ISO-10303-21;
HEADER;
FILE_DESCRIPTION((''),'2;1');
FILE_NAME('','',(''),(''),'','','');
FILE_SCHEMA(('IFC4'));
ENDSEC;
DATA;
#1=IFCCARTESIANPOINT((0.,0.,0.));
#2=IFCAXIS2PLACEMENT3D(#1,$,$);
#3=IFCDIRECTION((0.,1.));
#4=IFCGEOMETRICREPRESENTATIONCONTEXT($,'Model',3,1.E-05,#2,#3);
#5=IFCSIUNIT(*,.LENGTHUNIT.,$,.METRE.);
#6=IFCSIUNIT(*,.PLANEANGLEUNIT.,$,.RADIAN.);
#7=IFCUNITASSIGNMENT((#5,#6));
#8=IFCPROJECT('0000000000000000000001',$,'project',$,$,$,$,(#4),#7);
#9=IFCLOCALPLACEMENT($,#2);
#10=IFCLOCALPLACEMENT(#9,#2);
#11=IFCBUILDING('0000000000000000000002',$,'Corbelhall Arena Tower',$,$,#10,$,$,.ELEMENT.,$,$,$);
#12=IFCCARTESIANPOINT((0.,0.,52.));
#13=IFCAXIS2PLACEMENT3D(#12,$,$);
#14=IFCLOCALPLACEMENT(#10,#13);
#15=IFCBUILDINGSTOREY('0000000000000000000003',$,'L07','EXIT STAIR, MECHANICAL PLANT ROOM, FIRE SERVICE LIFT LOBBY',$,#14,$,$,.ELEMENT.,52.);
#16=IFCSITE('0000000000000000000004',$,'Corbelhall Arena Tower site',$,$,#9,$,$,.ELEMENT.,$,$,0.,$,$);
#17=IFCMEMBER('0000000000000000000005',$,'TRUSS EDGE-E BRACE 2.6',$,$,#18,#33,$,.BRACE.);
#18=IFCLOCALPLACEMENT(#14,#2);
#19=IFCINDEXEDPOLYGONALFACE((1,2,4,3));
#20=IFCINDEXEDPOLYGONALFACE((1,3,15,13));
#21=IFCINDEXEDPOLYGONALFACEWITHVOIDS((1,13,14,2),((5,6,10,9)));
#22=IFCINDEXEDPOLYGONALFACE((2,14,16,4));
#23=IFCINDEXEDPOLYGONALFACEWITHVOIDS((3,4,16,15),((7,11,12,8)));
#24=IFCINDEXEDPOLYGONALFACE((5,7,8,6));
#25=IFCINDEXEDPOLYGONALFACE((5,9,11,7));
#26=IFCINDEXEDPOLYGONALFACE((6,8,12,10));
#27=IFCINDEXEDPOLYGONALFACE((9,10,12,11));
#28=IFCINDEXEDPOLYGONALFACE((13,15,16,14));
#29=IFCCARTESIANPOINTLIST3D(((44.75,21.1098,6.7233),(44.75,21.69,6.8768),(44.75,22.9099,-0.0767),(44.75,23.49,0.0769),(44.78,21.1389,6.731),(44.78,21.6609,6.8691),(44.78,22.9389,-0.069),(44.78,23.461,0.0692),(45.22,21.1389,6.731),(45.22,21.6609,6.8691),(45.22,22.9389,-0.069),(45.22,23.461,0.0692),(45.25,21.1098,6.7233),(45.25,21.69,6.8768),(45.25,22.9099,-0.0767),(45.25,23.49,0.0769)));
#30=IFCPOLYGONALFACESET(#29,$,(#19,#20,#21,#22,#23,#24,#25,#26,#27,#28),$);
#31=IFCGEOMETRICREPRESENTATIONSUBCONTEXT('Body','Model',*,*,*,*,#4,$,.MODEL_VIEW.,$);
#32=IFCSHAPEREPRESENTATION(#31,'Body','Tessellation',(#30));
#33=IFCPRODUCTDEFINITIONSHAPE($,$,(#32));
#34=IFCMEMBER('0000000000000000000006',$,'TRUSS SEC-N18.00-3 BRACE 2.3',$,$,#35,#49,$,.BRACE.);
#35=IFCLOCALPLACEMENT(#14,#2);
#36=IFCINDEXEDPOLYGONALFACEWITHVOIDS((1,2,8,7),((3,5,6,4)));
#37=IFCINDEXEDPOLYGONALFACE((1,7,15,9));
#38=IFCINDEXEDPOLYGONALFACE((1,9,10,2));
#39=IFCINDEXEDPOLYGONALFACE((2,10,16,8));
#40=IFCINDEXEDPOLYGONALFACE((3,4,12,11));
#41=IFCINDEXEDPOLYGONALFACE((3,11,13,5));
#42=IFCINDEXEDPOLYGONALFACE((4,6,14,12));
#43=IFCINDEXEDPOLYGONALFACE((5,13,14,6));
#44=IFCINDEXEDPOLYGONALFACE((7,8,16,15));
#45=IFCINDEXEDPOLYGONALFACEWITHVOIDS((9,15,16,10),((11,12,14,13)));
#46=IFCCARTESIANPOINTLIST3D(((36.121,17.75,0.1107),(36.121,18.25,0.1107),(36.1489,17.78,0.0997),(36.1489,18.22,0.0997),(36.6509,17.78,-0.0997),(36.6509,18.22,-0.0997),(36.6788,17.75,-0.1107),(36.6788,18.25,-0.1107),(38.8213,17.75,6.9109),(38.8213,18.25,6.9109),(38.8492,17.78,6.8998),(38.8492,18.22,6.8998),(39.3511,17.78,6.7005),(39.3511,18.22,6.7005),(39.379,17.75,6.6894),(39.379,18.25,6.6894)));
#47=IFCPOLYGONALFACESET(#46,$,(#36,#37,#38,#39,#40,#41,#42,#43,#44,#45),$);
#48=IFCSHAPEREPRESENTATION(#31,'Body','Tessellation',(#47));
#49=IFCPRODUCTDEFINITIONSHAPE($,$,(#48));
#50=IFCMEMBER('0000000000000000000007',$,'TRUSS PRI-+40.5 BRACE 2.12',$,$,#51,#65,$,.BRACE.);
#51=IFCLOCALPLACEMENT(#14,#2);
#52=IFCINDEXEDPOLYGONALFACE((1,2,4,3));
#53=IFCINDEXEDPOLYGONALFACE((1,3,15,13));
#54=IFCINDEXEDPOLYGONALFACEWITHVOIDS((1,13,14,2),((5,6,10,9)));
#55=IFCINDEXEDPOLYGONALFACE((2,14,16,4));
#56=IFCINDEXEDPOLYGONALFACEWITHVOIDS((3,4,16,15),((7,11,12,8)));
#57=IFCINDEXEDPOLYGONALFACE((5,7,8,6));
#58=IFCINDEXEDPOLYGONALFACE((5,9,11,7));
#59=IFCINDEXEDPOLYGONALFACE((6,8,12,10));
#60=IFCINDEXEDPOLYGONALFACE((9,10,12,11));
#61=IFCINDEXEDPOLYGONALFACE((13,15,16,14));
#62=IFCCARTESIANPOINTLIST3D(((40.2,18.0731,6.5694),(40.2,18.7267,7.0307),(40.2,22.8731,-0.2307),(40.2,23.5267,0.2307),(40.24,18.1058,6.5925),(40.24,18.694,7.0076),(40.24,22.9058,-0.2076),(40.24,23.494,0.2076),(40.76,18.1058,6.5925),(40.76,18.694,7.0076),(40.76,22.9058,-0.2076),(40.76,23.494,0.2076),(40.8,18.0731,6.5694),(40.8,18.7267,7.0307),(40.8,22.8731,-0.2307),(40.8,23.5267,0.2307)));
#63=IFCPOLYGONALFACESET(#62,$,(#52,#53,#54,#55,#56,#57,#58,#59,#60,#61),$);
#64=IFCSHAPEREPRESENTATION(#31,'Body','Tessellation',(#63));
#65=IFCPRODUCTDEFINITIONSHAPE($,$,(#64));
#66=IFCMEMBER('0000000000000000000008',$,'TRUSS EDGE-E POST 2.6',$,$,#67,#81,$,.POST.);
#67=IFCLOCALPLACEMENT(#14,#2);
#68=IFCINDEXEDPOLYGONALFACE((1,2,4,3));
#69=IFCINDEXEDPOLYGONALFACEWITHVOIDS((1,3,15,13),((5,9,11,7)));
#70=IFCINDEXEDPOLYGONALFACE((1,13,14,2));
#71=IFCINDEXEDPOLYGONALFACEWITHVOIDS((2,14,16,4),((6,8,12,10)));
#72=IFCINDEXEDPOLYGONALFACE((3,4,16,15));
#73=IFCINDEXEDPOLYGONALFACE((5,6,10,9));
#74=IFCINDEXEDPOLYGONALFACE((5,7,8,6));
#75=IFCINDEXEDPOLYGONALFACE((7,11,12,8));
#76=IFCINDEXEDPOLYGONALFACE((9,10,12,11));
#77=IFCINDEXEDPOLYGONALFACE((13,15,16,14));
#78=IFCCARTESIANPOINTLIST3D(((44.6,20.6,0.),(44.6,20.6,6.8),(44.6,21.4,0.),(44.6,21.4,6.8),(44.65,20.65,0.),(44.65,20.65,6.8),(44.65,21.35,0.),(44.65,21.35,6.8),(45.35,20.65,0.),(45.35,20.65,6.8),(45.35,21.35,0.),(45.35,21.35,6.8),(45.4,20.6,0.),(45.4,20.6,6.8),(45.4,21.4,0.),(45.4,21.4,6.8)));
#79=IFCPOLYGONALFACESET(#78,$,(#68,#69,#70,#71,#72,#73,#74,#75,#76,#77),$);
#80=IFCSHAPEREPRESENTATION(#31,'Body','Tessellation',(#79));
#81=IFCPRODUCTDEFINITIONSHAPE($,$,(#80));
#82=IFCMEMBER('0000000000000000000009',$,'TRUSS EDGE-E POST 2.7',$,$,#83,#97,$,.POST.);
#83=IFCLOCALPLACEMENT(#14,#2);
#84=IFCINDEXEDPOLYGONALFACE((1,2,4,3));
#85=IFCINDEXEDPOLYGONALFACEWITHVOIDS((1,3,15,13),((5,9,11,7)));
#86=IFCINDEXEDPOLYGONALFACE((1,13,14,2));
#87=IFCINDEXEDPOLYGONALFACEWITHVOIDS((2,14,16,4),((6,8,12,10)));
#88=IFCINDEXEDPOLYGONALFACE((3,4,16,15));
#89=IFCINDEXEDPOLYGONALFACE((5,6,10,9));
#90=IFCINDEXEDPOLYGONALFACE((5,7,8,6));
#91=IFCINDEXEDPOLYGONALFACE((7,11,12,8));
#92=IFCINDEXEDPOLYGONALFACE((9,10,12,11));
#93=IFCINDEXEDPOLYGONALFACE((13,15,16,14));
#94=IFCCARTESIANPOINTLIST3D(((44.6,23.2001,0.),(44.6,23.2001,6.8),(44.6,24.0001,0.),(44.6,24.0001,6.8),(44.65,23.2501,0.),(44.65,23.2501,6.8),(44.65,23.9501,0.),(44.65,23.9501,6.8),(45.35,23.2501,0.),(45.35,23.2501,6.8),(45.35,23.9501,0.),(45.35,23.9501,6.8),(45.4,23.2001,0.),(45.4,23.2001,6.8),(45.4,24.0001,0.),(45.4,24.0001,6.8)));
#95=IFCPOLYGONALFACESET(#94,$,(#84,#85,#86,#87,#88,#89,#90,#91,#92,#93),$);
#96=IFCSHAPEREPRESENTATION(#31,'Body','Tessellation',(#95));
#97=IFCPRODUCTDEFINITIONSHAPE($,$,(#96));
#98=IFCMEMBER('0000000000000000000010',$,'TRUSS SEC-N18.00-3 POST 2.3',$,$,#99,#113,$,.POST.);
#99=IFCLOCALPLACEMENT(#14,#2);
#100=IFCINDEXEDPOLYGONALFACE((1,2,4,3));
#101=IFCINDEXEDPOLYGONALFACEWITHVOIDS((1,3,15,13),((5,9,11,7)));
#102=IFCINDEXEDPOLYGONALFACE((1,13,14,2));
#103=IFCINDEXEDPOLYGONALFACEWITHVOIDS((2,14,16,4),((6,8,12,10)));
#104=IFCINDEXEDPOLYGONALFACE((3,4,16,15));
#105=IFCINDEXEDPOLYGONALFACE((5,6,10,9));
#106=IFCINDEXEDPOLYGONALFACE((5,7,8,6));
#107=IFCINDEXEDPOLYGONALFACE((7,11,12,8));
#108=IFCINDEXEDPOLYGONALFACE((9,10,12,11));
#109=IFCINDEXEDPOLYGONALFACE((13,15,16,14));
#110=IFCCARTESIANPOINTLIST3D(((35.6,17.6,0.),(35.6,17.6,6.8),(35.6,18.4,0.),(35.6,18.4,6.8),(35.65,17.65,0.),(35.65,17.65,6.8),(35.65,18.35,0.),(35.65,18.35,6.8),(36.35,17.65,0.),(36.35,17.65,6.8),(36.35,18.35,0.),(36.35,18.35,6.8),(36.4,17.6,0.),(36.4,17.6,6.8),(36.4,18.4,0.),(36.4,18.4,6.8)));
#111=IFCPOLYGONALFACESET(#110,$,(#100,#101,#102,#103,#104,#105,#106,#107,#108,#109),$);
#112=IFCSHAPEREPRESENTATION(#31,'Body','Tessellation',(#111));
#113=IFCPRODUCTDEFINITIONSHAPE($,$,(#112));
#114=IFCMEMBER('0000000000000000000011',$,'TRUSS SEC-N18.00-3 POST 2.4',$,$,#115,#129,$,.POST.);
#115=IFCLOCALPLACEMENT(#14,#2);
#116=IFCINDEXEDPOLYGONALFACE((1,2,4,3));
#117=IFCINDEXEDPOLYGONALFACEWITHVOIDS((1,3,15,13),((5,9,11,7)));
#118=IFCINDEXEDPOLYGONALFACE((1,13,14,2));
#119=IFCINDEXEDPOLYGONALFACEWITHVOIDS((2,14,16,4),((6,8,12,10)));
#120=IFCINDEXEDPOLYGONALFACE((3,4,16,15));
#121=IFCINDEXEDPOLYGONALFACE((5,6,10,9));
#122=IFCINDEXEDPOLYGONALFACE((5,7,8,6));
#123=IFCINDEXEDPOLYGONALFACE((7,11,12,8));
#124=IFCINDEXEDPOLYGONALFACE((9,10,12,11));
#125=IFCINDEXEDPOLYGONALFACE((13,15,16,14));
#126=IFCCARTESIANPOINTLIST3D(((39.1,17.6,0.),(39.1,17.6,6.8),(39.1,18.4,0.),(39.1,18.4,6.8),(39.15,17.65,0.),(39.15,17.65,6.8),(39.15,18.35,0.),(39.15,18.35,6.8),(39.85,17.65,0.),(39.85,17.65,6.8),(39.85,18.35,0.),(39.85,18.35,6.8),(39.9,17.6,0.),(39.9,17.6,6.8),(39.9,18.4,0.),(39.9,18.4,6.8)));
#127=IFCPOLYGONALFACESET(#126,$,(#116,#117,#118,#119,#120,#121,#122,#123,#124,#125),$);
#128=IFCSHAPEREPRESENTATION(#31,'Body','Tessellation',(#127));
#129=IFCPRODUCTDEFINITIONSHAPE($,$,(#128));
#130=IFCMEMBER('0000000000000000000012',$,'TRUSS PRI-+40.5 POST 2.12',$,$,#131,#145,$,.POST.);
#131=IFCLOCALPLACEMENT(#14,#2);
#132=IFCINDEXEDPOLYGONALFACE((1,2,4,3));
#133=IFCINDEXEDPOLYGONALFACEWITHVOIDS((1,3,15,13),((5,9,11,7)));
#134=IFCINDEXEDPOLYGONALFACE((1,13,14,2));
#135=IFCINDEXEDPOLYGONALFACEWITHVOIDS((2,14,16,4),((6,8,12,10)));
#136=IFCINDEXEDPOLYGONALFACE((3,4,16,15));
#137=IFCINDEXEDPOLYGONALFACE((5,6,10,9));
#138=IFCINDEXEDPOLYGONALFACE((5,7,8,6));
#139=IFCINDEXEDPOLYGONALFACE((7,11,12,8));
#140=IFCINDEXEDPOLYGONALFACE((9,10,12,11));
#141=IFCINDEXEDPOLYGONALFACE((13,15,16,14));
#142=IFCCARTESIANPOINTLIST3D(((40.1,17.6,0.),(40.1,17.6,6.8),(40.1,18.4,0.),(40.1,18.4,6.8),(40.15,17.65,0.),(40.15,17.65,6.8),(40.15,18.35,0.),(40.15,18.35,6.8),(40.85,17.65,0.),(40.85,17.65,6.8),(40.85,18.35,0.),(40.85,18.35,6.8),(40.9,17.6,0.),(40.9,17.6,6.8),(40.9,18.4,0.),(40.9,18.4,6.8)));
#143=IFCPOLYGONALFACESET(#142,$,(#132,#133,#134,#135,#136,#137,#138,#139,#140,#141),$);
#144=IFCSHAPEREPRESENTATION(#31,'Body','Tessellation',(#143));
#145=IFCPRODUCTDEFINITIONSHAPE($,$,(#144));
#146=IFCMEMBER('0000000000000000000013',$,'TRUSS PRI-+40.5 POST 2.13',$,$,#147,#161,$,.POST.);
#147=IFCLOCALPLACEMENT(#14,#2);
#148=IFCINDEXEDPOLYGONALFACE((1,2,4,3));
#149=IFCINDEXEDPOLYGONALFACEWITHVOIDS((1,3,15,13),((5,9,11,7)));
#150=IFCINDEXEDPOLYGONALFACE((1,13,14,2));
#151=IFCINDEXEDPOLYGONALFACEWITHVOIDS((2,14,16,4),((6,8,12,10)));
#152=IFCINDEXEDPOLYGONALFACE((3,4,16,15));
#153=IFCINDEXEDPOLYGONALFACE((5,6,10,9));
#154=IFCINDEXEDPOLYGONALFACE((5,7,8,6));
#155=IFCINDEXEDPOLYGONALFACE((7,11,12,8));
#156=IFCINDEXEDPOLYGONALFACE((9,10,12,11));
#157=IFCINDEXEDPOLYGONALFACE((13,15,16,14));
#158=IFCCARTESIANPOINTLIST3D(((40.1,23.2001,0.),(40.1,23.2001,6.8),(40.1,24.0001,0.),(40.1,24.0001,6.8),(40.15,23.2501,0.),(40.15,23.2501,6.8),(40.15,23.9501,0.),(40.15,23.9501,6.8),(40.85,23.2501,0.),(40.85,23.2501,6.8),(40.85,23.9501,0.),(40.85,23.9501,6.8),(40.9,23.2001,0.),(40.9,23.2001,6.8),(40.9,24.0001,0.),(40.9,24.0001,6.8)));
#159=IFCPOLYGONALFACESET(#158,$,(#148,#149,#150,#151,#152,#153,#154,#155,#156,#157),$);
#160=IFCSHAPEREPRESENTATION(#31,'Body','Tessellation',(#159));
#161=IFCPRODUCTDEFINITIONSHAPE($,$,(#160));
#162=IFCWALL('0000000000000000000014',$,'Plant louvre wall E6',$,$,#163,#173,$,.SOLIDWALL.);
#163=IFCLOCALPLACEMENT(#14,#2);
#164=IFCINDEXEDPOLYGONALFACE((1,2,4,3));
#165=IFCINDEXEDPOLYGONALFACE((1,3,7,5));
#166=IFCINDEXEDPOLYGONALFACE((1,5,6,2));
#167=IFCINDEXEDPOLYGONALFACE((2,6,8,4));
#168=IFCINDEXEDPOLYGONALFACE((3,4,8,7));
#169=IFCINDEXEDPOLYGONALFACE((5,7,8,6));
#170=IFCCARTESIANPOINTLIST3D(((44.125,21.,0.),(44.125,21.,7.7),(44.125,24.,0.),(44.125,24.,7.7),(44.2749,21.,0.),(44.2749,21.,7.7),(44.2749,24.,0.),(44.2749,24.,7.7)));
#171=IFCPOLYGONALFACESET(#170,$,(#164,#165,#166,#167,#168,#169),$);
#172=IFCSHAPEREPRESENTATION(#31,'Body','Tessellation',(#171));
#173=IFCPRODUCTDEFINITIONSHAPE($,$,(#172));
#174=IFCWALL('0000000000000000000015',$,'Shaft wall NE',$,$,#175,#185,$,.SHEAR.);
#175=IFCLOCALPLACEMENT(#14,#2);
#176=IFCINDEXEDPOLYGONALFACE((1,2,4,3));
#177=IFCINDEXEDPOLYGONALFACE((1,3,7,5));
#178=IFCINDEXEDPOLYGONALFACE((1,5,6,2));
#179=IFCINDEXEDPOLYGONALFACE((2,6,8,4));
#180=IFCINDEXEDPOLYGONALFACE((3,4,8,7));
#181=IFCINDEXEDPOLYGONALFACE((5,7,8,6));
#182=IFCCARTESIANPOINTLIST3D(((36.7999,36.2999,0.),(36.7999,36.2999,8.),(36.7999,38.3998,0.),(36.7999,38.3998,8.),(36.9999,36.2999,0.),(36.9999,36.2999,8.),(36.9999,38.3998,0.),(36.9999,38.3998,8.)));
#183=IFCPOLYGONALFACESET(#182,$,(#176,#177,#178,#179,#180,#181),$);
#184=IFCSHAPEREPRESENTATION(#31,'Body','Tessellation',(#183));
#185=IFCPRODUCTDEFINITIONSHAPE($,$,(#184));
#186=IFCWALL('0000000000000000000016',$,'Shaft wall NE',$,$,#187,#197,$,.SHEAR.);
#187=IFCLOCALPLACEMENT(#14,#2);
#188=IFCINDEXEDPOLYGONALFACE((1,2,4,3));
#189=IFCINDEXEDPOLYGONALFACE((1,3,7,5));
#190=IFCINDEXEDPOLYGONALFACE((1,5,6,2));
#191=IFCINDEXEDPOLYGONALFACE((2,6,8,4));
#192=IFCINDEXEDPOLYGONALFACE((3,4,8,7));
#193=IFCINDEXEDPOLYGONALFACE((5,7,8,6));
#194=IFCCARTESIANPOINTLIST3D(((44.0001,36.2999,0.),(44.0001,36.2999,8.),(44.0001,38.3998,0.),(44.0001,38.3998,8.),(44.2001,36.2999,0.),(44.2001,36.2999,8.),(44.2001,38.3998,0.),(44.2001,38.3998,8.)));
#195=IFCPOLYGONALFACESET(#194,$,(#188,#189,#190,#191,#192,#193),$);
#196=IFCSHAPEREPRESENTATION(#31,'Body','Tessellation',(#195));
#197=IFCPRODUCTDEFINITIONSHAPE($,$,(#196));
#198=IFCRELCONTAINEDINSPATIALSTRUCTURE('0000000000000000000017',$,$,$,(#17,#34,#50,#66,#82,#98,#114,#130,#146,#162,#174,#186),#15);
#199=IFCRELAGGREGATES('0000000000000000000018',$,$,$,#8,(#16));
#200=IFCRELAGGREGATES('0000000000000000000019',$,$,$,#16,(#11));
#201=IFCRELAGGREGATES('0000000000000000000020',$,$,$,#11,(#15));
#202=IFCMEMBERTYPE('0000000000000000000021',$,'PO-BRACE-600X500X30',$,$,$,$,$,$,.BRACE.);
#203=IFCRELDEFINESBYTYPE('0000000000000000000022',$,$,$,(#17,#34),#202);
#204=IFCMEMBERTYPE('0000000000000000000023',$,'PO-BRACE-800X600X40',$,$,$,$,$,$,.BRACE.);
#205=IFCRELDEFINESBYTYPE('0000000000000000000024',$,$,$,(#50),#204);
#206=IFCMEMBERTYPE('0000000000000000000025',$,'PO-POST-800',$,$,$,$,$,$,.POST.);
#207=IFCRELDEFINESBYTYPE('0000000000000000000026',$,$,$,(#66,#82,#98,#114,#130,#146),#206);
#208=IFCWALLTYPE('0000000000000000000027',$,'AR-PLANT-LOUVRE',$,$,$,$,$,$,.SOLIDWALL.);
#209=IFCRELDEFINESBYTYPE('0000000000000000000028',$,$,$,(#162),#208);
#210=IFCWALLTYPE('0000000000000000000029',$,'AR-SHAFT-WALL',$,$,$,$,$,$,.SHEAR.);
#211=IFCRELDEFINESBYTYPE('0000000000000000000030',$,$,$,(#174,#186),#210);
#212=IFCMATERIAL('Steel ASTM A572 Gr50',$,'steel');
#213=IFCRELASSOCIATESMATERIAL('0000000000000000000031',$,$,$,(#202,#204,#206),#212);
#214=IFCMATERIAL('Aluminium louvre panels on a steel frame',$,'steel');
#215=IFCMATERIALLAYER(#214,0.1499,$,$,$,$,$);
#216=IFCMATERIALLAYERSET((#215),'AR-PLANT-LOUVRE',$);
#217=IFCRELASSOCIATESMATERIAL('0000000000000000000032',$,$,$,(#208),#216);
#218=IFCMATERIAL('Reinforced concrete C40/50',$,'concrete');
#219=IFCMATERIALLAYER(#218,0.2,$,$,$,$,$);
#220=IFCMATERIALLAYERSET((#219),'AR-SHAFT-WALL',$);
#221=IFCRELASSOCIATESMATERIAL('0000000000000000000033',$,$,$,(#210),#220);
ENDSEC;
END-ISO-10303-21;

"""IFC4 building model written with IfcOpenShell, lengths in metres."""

from ifc_helpers import new_model, si_unit, direction, frame, frame_2d, origin, origin_2d, place, context, subcontext, project, spatial, rectangle, hollow_rectangle, extrude, material, layer, layer_set, material_profile, profile_set, type_object, element, save


model = new_model("IFC4")

# Units and contexts
model_context = context("Model", 3, precision=1e-05, world=origin(), true_north=direction((0.0, 1.0)))
body_context = subcontext(model_context, "Body", "Model", "MODEL_VIEW")
ifc_project = project(units=[si_unit("LENGTHUNIT", "METRE"), si_unit("PLANEANGLEUNIT", "RADIAN")], contexts=[model_context])

# Site, building, storey
site_placement = place(None, origin())
site = spatial("IfcSite", under=ifc_project, at=site_placement, Name="Corbelhall Arena Tower site", CompositionType="ELEMENT", RefElevation=0.0)
building_placement = place(site_placement, origin())
building = spatial("IfcBuilding", under=site, at=building_placement, Name="Corbelhall Arena Tower", CompositionType="ELEMENT")
storey_placement = place(building_placement, frame((0.0, 0.0, 52.0)))
storey = spatial("IfcBuildingStorey", under=building, at=storey_placement, Name="L07", Description="EXIT STAIR, MECHANICAL PLANT ROOM, FIRE SERVICE LIFT LOBBY", CompositionType="ELEMENT", Elevation=52.0)

# Members
ifc_material_1 = material(Name="Steel ASTM A572 Gr50", Category="steel")
ifc_material_profile_1 = material_profile(ifc_material_1, hollow_rectangle(XDim=0.5, YDim=0.6001, WallThickness=0.03, at=origin_2d()))
ifc_profile_set_1 = profile_set([ifc_material_profile_1], Name="Steel ASTM A572 Gr50")
member_type_1 = type_object("IfcMemberType", Name="PO-BRACE-600X500X30", PredefinedType="BRACE", material=ifc_profile_set_1)
member_1_placement = place(storey_placement, frame((45.0, 21.3999, 6.8), z_axis=(0.0, 0.255897, -0.966704), x_axis=(-1.0, 0.0, 0.0)))
element("IfcMember", 1, at=member_1_placement, inside=storey, type_object=member_type_1, Name="TRUSS EDGE-E BRACE 2.6", PredefinedType="BRACE", context=body_context, shape_type="SweptSolid", body=[
    extrude(hollow_rectangle(XDim=0.5, YDim=0.6001, WallThickness=0.03, at=origin_2d()), origin(), (0.0, 0.0, 1.0), 7.0342),
])
member_2_placement = place(storey_placement, frame((36.3999, 18.0, 0.0), z_axis=(0.369054, 0.0, 0.929408), x_axis=(0.0, 1.0, 0.0)))
element("IfcMember", 2, at=member_2_placement, inside=storey, type_object=member_type_1, Name="TRUSS SEC-N18.00-3 BRACE 2.3", PredefinedType="BRACE", context=body_context, shape_type="SweptSolid", body=[
    extrude(hollow_rectangle(XDim=0.5, YDim=0.6001, WallThickness=0.03, at=origin_2d()), origin(), (0.0, 0.0, 1.0), 7.3167),
])
ifc_material_profile_2 = material_profile(ifc_material_1, hollow_rectangle(XDim=0.6001, YDim=0.8, WallThickness=0.04, at=origin_2d()))
ifc_profile_set_2 = profile_set([ifc_material_profile_2], Name="Steel ASTM A572 Gr50")
member_type_2 = type_object("IfcMemberType", Name="PO-BRACE-800X600X40", PredefinedType="BRACE", material=ifc_profile_set_2)
member_3_placement = place(storey_placement, frame((40.5, 18.3999, 6.8), z_axis=(0.0, 0.576684, -0.816967), x_axis=(-1.0, 0.0, 0.0)))
element("IfcMember", 3, at=member_3_placement, inside=storey, type_object=member_type_2, Name="TRUSS PRI-+40.5 BRACE 2.12", PredefinedType="BRACE", context=body_context, shape_type="SweptSolid", body=[
    extrude(hollow_rectangle(XDim=0.6001, YDim=0.8, WallThickness=0.04, at=origin_2d()), origin(), (0.0, 0.0, 1.0), 8.3235),
])
ifc_material_profile_3 = material_profile(ifc_material_1, hollow_rectangle(XDim=0.8, YDim=0.8, WallThickness=0.05, at=origin_2d()))
ifc_profile_set_3 = profile_set([ifc_material_profile_3], Name="Steel ASTM A572 Gr50")
member_type_3 = type_object("IfcMemberType", Name="PO-POST-800", PredefinedType="POST", material=ifc_profile_set_3)
for number, where, z_axis, x_axis, name in (
    (4, (45.0, 21.0, 0.0), (0.0, 0.0, 1.0), (1.0, 0.0, 0.0), "TRUSS EDGE-E POST 2.6"),
    (5, (45.0, 23.6001, 0.0), (0.0, 0.0, 1.0), (1.0, 0.0, 0.0), "TRUSS EDGE-E POST 2.7"),
    (6, (36.0, 18.0, 0.0), (0.0, 0.0, 1.0), (1.0, 0.0, 0.0), "TRUSS SEC-N18.00-3 POST 2.3"),
    (7, (39.5, 18.0, 0.0), (0.0, 0.0, 1.0), (1.0, 0.0, 0.0), "TRUSS SEC-N18.00-3 POST 2.4"),
    (8, (40.5, 18.0, 0.0), (0.0, 0.0, 1.0), (1.0, 0.0, 0.0), "TRUSS PRI-+40.5 POST 2.12"),
    (9, (40.5, 23.6001, 0.0), (0.0, 0.0, 1.0), (1.0, 0.0, 0.0), "TRUSS PRI-+40.5 POST 2.13"),
):
    element("IfcMember", number, at=place(storey_placement, frame(where, z_axis=z_axis, x_axis=x_axis)), inside=storey, type_object=member_type_3, Name=name, PredefinedType="POST", context=body_context, shape_type="SweptSolid", body=[
        extrude(hollow_rectangle(XDim=0.8, YDim=0.8, WallThickness=0.05, at=origin_2d()), origin(), (0.0, 0.0, 1.0), 6.8),
    ])

# Wall
ifc_material_2 = material(Name="Aluminium louvre panels on a steel frame", Category="steel")
ifc_layer_1 = layer(ifc_material_2, 0.1499)
ifc_layer_set_1 = layer_set([ifc_layer_1], Name="AR-PLANT-LOUVRE")
wall_type_1 = type_object("IfcWallType", Name="AR-PLANT-LOUVRE", PredefinedType="SOLIDWALL", material=ifc_layer_set_1)
wall_1_placement = place(storey_placement, frame((44.2, 21.0, 0.0), z_axis=(0.0, 0.0, 1.0), x_axis=(0.0, 1.0, 0.0)))
element("IfcWall", 10, at=wall_1_placement, inside=storey, type_object=wall_type_1, Name="Plant louvre wall E6", PredefinedType="SOLIDWALL", context=body_context, shape_type="SweptSolid", body=[
    extrude(rectangle(XDim=3.0, YDim=0.1499, at=frame_2d((1.5, 0.0))), origin(), (0.0, 0.0, 1.0), 7.7),
])

# Shared definitions
ifc_material_3 = material(Name="Reinforced concrete C40/50", Category="concrete")
ifc_layer_2 = layer(ifc_material_3, 0.2)
ifc_layer_set_2 = layer_set([ifc_layer_2], Name="AR-SHAFT-WALL")
wall_type_2 = type_object("IfcWallType", Name="AR-SHAFT-WALL", PredefinedType="SHEAR", material=ifc_layer_set_2)

# Walls
for number, where, z_axis, x_axis, name in (
    (11, (36.8999, 36.3, 0.0), (0.0, 0.0, 1.0), (0.0, 1.0, 0.0), "Shaft wall NE"),
    (12, (44.1001, 36.3, 0.0), (0.0, 0.0, 1.0), (0.0, 1.0, 0.0), "Shaft wall NE"),
):
    element("IfcWall", number, at=place(storey_placement, frame(where, z_axis=z_axis, x_axis=x_axis)), inside=storey, type_object=wall_type_2, Name=name, PredefinedType="SHEAR", context=body_context, shape_type="SweptSolid", body=[
        extrude(rectangle(XDim=2.0999, YDim=0.2, at=frame_2d((1.0498, 0.0))), origin(), (0.0, 0.0, 1.0), 8.0),
    ])

save(model, "model.ifc")
